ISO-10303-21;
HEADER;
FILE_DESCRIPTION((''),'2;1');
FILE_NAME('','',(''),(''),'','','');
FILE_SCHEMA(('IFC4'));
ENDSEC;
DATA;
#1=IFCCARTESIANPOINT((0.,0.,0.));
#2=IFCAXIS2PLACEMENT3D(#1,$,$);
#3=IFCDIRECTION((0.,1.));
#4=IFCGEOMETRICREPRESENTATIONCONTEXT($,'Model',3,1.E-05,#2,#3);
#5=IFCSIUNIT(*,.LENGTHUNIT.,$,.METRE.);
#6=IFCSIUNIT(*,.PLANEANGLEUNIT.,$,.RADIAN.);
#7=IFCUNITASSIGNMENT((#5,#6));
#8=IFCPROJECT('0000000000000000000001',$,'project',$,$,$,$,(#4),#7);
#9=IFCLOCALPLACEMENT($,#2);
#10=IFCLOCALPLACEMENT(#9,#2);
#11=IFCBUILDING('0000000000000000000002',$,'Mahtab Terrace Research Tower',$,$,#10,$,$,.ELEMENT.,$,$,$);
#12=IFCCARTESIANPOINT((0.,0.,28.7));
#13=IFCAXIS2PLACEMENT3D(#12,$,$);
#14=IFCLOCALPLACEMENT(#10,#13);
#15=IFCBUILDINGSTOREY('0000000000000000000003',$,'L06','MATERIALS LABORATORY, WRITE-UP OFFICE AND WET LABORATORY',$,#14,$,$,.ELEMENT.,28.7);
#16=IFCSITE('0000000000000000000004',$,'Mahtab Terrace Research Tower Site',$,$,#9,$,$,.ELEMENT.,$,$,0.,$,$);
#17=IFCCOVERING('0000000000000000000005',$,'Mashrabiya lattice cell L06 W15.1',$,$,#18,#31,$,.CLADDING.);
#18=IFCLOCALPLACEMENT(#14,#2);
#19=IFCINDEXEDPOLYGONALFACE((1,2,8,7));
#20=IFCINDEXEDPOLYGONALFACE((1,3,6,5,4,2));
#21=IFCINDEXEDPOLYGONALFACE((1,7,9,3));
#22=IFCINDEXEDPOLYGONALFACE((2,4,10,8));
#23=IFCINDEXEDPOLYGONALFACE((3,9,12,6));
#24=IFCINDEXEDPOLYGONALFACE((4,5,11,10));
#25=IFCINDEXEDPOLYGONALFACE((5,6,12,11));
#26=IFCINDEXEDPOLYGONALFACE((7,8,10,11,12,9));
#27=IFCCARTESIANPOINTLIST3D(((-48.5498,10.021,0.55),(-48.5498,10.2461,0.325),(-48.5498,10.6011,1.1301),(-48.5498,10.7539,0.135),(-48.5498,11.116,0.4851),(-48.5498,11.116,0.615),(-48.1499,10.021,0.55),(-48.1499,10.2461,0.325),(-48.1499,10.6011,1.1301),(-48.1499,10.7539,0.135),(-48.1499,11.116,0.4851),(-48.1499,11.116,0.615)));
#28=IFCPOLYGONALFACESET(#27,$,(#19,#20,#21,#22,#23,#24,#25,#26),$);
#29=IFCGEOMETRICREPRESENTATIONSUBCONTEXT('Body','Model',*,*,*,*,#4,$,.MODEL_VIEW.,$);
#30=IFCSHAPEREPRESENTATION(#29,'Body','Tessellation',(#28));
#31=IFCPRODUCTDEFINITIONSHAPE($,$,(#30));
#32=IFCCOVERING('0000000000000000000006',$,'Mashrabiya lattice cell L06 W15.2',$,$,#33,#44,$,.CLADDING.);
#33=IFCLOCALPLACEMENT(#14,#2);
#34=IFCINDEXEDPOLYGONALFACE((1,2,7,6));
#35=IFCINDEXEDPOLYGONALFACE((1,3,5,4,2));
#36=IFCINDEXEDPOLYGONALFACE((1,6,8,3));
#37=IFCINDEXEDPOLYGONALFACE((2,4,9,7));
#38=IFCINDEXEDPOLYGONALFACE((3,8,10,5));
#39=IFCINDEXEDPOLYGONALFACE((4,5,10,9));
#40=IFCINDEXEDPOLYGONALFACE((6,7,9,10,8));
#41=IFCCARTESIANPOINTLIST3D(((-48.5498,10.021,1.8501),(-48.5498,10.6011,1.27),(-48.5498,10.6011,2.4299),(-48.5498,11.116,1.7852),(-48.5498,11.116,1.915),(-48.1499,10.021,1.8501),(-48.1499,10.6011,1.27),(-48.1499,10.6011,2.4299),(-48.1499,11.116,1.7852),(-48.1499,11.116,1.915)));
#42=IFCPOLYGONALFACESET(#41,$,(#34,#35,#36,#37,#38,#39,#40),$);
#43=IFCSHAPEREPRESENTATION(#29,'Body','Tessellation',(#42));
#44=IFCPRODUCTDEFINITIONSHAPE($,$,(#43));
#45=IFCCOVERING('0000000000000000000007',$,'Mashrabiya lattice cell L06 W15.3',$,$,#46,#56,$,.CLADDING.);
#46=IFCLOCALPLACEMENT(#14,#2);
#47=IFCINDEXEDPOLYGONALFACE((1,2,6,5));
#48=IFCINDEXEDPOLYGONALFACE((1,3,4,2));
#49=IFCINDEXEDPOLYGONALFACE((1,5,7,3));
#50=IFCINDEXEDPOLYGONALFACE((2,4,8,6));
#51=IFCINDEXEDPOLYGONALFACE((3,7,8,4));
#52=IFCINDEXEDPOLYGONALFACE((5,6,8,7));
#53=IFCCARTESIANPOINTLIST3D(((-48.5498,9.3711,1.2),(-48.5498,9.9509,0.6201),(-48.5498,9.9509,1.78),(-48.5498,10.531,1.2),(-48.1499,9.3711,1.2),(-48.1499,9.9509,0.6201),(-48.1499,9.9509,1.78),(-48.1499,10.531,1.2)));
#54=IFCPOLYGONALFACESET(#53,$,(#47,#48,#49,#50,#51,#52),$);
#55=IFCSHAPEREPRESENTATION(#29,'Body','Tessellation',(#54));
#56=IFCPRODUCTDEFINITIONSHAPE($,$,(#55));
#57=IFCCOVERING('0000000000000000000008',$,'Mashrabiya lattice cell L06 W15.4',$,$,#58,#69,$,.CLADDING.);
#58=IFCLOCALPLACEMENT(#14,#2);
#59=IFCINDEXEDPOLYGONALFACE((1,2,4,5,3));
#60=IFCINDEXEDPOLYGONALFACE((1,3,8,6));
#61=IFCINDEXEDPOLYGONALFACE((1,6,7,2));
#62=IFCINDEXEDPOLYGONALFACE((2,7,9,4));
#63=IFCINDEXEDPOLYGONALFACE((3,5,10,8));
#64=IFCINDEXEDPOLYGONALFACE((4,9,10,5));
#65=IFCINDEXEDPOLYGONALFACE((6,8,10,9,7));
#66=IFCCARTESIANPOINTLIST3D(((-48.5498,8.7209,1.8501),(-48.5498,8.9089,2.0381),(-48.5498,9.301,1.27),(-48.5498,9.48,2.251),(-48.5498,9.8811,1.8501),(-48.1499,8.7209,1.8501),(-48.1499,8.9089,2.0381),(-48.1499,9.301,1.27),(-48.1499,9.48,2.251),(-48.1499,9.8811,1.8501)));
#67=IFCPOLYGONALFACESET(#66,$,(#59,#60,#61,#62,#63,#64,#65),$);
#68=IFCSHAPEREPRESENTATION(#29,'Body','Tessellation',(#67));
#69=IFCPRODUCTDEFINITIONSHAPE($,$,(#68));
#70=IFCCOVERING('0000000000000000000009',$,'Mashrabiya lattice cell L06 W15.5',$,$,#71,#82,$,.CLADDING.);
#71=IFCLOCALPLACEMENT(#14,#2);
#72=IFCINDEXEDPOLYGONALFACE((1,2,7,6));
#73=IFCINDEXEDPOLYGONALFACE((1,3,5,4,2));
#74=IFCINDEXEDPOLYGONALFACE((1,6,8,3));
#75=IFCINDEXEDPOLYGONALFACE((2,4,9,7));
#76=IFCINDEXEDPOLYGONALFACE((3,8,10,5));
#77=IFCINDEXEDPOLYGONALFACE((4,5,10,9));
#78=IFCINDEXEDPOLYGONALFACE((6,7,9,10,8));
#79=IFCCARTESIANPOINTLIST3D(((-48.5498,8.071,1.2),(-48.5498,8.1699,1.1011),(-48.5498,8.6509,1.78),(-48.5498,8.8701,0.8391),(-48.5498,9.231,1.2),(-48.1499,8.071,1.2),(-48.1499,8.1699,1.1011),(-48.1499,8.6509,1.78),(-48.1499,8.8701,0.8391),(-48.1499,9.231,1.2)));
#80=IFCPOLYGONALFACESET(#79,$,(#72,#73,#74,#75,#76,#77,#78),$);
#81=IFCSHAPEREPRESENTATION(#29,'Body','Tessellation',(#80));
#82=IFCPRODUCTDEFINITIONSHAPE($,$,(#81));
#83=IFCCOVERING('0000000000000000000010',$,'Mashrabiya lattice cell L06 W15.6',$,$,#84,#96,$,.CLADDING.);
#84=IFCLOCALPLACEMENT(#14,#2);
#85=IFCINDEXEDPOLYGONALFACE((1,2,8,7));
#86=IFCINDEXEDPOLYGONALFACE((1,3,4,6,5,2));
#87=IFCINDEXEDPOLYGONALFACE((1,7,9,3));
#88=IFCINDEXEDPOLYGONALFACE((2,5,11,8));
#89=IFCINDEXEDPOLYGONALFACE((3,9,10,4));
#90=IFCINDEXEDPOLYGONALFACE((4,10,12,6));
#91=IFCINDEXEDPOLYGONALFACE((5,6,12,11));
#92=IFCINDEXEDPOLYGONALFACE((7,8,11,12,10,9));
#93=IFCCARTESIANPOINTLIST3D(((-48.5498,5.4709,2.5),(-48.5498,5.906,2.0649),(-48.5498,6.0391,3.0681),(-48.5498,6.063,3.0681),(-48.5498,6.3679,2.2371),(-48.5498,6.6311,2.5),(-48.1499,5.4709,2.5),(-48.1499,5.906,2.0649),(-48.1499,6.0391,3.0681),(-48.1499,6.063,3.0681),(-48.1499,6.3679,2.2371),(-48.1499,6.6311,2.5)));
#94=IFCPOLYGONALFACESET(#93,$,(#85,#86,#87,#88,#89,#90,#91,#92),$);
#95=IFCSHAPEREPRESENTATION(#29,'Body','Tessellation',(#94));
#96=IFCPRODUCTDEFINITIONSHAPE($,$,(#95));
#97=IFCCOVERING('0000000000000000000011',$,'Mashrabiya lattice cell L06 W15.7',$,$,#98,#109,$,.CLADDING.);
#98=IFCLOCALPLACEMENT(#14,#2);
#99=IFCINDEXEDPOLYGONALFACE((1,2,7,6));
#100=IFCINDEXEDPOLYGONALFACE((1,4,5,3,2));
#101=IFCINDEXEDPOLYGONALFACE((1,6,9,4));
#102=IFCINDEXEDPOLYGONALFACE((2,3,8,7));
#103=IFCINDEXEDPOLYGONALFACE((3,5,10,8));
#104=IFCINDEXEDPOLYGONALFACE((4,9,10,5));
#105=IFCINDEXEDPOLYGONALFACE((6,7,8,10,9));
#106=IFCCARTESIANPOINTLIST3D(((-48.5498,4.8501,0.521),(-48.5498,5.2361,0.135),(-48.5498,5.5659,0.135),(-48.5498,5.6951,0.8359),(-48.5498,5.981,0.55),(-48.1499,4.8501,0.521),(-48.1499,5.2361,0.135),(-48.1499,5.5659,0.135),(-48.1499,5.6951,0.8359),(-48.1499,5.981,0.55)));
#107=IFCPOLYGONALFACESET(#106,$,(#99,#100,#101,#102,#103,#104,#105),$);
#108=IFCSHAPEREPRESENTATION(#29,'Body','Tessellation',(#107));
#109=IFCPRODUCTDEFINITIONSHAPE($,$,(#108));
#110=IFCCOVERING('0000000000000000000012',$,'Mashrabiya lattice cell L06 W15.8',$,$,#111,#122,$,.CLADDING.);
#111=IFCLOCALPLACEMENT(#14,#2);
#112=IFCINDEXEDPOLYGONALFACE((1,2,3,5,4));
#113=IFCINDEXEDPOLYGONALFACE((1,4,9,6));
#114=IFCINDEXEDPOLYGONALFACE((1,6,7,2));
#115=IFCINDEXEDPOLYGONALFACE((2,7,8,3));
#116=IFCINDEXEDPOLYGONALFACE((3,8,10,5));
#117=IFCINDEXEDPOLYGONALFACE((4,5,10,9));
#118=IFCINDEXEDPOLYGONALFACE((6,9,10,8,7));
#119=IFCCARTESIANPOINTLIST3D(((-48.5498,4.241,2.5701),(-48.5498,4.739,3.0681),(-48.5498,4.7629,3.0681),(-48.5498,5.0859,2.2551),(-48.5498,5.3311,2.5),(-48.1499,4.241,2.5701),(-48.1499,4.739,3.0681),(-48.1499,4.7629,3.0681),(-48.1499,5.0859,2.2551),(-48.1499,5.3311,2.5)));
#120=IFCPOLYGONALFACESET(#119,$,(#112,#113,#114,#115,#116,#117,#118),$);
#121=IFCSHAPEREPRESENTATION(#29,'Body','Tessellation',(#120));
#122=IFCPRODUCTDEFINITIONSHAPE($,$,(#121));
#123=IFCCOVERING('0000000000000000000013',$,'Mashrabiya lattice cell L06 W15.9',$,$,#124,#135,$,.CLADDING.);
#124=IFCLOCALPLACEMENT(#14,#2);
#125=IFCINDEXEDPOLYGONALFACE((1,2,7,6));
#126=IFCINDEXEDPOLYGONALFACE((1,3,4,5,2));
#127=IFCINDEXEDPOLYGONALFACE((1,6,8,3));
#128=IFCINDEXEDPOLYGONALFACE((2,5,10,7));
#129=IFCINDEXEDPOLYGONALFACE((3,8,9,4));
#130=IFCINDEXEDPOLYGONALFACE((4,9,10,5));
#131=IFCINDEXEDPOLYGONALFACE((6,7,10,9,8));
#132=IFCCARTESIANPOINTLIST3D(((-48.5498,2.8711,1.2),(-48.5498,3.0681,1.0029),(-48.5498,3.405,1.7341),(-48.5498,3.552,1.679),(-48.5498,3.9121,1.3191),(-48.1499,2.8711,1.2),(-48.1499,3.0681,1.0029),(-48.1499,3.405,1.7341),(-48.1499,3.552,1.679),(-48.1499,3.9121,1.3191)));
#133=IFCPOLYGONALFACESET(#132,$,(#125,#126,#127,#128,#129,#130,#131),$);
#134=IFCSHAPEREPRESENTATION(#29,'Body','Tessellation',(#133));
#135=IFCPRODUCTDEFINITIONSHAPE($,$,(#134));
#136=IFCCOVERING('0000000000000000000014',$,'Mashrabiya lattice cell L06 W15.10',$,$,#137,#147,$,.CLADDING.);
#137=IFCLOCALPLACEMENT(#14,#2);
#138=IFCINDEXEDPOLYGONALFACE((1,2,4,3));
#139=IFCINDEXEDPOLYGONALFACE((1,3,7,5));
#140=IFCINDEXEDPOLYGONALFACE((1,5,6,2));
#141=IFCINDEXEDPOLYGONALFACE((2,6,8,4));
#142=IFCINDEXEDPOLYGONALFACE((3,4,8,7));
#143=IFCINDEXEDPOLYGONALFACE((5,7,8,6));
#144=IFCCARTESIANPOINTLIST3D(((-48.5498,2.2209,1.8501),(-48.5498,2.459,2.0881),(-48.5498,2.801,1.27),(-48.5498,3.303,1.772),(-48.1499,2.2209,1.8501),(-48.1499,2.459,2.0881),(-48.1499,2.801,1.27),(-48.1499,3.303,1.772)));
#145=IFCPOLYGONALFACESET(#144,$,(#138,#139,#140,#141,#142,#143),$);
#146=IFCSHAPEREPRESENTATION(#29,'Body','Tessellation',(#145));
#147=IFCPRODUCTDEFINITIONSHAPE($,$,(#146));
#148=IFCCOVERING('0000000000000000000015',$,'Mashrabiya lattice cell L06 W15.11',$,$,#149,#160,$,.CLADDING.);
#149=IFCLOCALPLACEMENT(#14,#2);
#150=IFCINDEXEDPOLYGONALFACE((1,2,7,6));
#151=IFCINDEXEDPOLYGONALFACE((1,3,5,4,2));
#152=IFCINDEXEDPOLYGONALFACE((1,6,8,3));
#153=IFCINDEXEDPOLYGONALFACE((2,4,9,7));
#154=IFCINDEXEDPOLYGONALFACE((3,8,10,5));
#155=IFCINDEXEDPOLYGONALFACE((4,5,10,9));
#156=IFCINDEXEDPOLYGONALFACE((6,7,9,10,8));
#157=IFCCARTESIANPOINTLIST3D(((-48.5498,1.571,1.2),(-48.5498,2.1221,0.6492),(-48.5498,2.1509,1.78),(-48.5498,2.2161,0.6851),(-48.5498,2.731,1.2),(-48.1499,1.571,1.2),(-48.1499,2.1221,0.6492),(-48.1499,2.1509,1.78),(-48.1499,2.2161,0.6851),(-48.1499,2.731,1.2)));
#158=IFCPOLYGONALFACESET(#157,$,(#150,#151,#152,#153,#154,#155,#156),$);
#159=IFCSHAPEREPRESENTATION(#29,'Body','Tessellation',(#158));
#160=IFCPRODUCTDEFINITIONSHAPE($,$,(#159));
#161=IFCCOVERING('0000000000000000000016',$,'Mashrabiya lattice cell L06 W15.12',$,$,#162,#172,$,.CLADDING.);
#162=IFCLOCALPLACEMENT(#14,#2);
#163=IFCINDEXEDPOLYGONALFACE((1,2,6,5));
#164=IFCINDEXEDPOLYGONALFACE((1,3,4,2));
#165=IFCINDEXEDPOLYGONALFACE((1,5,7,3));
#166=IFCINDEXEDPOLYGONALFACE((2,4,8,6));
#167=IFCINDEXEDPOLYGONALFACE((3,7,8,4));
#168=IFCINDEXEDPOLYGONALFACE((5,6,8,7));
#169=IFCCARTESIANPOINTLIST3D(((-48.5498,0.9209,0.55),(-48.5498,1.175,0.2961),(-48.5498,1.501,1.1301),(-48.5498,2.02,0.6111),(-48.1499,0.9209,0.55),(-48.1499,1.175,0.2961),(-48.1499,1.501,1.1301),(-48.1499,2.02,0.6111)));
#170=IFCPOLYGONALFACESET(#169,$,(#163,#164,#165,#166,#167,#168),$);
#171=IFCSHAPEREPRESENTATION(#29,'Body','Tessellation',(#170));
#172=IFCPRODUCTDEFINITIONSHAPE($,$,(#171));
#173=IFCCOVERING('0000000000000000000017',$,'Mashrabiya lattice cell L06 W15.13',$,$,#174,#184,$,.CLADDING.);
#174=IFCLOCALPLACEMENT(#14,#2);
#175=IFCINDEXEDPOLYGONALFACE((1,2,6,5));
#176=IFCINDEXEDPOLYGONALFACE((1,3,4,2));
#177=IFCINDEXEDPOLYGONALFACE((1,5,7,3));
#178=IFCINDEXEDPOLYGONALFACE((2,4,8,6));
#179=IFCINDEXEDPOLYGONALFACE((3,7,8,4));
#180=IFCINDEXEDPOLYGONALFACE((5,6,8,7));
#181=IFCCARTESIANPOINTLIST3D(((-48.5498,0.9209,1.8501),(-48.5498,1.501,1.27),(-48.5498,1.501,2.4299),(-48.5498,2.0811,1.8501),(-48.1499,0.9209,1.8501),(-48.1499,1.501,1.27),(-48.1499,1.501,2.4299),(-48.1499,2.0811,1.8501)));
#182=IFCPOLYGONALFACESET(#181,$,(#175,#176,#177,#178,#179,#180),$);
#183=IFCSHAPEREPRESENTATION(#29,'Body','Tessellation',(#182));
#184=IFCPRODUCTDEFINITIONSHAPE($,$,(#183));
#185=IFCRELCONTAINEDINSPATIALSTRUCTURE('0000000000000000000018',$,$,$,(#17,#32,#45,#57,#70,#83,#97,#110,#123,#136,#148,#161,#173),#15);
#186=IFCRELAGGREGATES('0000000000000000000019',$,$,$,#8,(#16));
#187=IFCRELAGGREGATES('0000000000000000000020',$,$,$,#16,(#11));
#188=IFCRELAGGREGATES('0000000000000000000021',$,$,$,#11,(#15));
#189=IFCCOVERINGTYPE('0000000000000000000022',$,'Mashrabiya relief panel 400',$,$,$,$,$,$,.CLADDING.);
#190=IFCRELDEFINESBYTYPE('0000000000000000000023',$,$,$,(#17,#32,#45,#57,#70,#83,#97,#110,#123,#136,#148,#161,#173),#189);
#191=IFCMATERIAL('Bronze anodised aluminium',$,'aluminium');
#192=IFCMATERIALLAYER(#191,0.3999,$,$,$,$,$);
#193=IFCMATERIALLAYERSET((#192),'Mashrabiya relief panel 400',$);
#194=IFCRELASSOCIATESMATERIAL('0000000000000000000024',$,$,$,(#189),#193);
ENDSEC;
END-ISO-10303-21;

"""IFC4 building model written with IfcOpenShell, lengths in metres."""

from ifc_helpers import new_model, si_unit, direction, frame, origin, place, context, subcontext, project, spatial, polyline, outline, extrude, material, layer, layer_set, type_object, element, save


model = new_model("IFC4")

# Units and contexts
model_context = context("Model", 3, precision=1e-05, world=origin(), true_north=direction((0.0, 1.0)))
body_context = subcontext(model_context, "Body", "Model", "MODEL_VIEW")
ifc_project = project(units=[si_unit("LENGTHUNIT", "METRE"), si_unit("PLANEANGLEUNIT", "RADIAN")], contexts=[model_context])

# Site, building, storey
site_placement = place(None, origin())
site = spatial("IfcSite", under=ifc_project, at=site_placement, Name="Mahtab Terrace Research Tower Site", CompositionType="ELEMENT", RefElevation=0.0)
building_placement = place(site_placement, origin())
building = spatial("IfcBuilding", under=site, at=building_placement, Name="Mahtab Terrace Research Tower", CompositionType="ELEMENT")
storey_placement = place(building_placement, frame((0.0, 0.0, 28.7)))
storey = spatial("IfcBuildingStorey", under=building, at=storey_placement, Name="L06", Description="MATERIALS LABORATORY, WRITE-UP OFFICE AND WET LABORATORY", CompositionType="ELEMENT", Elevation=28.7)

# Coverings
ifc_material_1 = material(Name="Bronze anodised aluminium", Category="aluminium")
ifc_layer_1 = layer(ifc_material_1, 0.3999)
ifc_layer_set_1 = layer_set([ifc_layer_1], Name="Mashrabiya relief panel 400")
covering_type = type_object("IfcCoveringType", Name="Mashrabiya relief panel 400", PredefinedType="CLADDING", material=ifc_layer_set_1)
covering_1_placement = place(storey_placement, frame((-48.1499, 11.116, 0.4851), z_axis=(1.0, 0.0, 0.0), x_axis=(0.0, 0.0, 1.0)))
element("IfcCovering", 1, at=covering_1_placement, inside=storey, type_object=covering_type, Name="Mashrabiya lattice cell L06 W15.1", PredefinedType="CLADDING", context=body_context, shape_type="SweptSolid", body=[
    extrude(outline(polyline([(0.0, 0.0), (0.1299, 0.0), (0.645, 0.5149), (0.0649, 1.095), (-0.1602, 0.8699), (-0.3501, 0.3621), (0.0, 0.0)])), origin(), (0.0, 0.0, -1.0), 0.3999),
])
covering_2_placement = place(storey_placement, frame((-48.1499, 10.6011, 2.4299), z_axis=(1.0, 0.0, 0.0), x_axis=(0.0, -0.707256, -0.706958)))
element("IfcCovering", 2, at=covering_2_placement, inside=storey, type_object=covering_type, Name="Mashrabiya lattice cell L06 W15.2", PredefinedType="CLADDING", context=body_context, shape_type="SweptSolid", body=[
    extrude(outline(polyline([(0.0, 0.0), (0.8202, 0.0), (0.82, 0.8204), (0.0917, 0.82), (-0.0002, 0.7282), (0.0, 0.0)])), origin(), (0.0, 0.0, -1.0), 0.3999),
])
covering_3_placement = place(storey_placement, frame((-48.1499, 9.9509, 1.78), z_axis=(1.0, 0.0, 0.0), x_axis=(0.0, -0.706958, -0.707256)))
element("IfcCovering", 3, at=covering_3_placement, inside=storey, type_object=covering_type, Name="Mashrabiya lattice cell L06 W15.3", PredefinedType="CLADDING", context=body_context, shape_type="SweptSolid", body=[
    extrude(outline(polyline([(0.0, 0.0), (0.8202, 0.0), (0.8204, 0.82), (0.0002, 0.8204), (0.0, 0.0)])), origin(), (0.0, 0.0, -1.0), 0.3999),
])
covering_4_placement = place(storey_placement, frame((-48.1499, 8.7209, 1.8501), z_axis=(1.0, 0.0, 0.0), x_axis=(0.0, 0.707107, -0.707107)))
element("IfcCovering", 4, at=covering_4_placement, inside=storey, type_object=covering_type, Name="Mashrabiya lattice cell L06 W15.4", PredefinedType="CLADDING", context=body_context, shape_type="SweptSolid", body=[
    extrude(outline(polyline([(0.0, 0.0), (0.8204, 0.0), (0.8204, 0.8204), (0.2533, 0.8202), (0.0, 0.2659), (0.0, 0.0)])), origin(), (0.0, 0.0, -1.0), 0.3999),
])
covering_5_placement = place(storey_placement, frame((-48.1499, 9.231, 1.2), z_axis=(1.0, 0.0, 0.0), x_axis=(0.0, -0.707107, 0.707107)))
element("IfcCovering", 5, at=covering_5_placement, inside=storey, type_object=covering_type, Name="Mashrabiya lattice cell L06 W15.5", PredefinedType="CLADDING", context=body_context, shape_type="SweptSolid", body=[
    extrude(outline(polyline([(0.0, 0.0), (0.8204, 0.0), (0.8202, 0.8202), (0.6803, 0.8202), (0.0, 0.5103), (0.0, 0.0)])), origin(), (0.0, 0.0, -1.0), 0.3999),
])
covering_6_placement = place(storey_placement, frame((-48.1499, 6.6311, 2.5), z_axis=(1.0, 0.0, 0.0), x_axis=(0.0, -0.707107, 0.707107)))
element("IfcCovering", 6, at=covering_6_placement, inside=storey, type_object=covering_type, Name="Mashrabiya lattice cell L06 W15.6", PredefinedType="CLADDING", context=body_context, shape_type="SweptSolid", body=[
    extrude(outline(polyline([(0.0, 0.0), (0.8034, 0.0), (0.8204, 0.0169), (0.8204, 0.8204), (0.2051, 0.8204), (0.0002, 0.372), (0.0, 0.0)])), origin(), (0.0, 0.0, -1.0), 0.3999),
])
covering_7_placement = place(storey_placement, frame((-48.1499, 5.981, 0.55), z_axis=(1.0, 0.0, 0.0), x_axis=(0.0, -0.707107, 0.707107)))
element("IfcCovering", 7, at=covering_7_placement, inside=storey, type_object=covering_type, Name="Mashrabiya lattice cell L06 W15.7", PredefinedType="CLADDING", context=body_context, shape_type="SweptSolid", body=[
    extrude(outline(polyline([(0.0, 0.0), (0.4043, 0.0), (0.7791, 0.8202), (0.2332, 0.8202), (0.0, 0.587), (0.0, 0.0)])), origin(), (0.0, 0.0, -1.0), 0.3999),
])
covering_8_placement = place(storey_placement, frame((-48.1499, 5.3311, 2.5), z_axis=(1.0, 0.0, 0.0), x_axis=(0.0, -0.707107, 0.707107)))
element("IfcCovering", 8, at=covering_8_placement, inside=storey, type_object=covering_type, Name="Mashrabiya lattice cell L06 W15.8", PredefinedType="CLADDING", context=body_context, shape_type="SweptSolid", body=[
    extrude(outline(polyline([(0.0, 0.0), (0.8034, 0.0), (0.8204, 0.0169), (0.8204, 0.7213), (0.0002, 0.3465), (0.0, 0.0)])), origin(), (0.0, 0.0, -1.0), 0.3999),
])
covering_9_placement = place(storey_placement, frame((-48.1499, 2.8711, 1.2), z_axis=(1.0, 0.0, 0.0), x_axis=(0.0, 0.707107, -0.707107)))
element("IfcCovering", 9, at=covering_9_placement, inside=storey, type_object=covering_type, Name="Mashrabiya lattice cell L06 W15.9", PredefinedType="CLADDING", context=body_context, shape_type="SweptSolid", body=[
    extrude(outline(polyline([(0.0, 0.0), (0.2786, 0.0), (0.6519, 0.8204), (0.1428, 0.8202), (-0.0002, 0.7553), (0.0, 0.0)])), origin(), (0.0, 0.0, -1.0), 0.3999),
])
covering_10_placement = place(storey_placement, frame((-48.1499, 2.2209, 1.8501), z_axis=(1.0, 0.0, 0.0), x_axis=(0.0, 0.707107, -0.707107)))
element("IfcCovering", 10, at=covering_10_placement, inside=storey, type_object=covering_type, Name="Mashrabiya lattice cell L06 W15.10", PredefinedType="CLADDING", context=body_context, shape_type="SweptSolid", body=[
    extrude(outline(polyline([(0.0, 0.0), (0.8204, 0.0), (0.8204, 0.7099), (0.0, 0.3366), (0.0, 0.0)])), origin(), (0.0, 0.0, -1.0), 0.3999),
])
covering_11_placement = place(storey_placement, frame((-48.1499, 2.731, 1.2), z_axis=(1.0, 0.0, 0.0), x_axis=(0.0, -0.707107, 0.707107)))
element("IfcCovering", 11, at=covering_11_placement, inside=storey, type_object=covering_type, Name="Mashrabiya lattice cell L06 W15.11", PredefinedType="CLADDING", context=body_context, shape_type="SweptSolid", body=[
    extrude(outline(polyline([(0.0, 0.0), (0.8204, 0.0), (0.8202, 0.8202), (0.0411, 0.82), (0.0, 0.7282), (0.0, 0.0)])), origin(), (0.0, 0.0, -1.0), 0.3999),
])
covering_12_placement = place(storey_placement, frame((-48.1499, 1.501, 1.1301), z_axis=(1.0, 0.0, 0.0), x_axis=(0.0, -0.707107, -0.707107)))
element("IfcCovering", 12, at=covering_12_placement, inside=storey, type_object=covering_type, Name="Mashrabiya lattice cell L06 W15.12", PredefinedType="CLADDING", context=body_context, shape_type="SweptSolid", body=[
    extrude(outline(polyline([(0.0, 0.0), (0.8204, 0.0), (0.8202, 0.3593), (0.0, 0.734), (0.0, 0.0)])), origin(), (0.0, 0.0, -1.0), 0.3999),
])
covering_13_placement = place(storey_placement, frame((-48.1499, 1.501, 2.4299), z_axis=(1.0, 0.0, 0.0), x_axis=(0.0, -0.707256, -0.706958)))
element("IfcCovering", 13, at=covering_13_placement, inside=storey, type_object=covering_type, Name="Mashrabiya lattice cell L06 W15.13", PredefinedType="CLADDING", context=body_context, shape_type="SweptSolid", body=[
    extrude(outline(polyline([(0.0, 0.0), (0.8202, 0.0), (0.82, 0.8204), (-0.0003, 0.8202), (0.0, 0.0)])), origin(), (0.0, 0.0, -1.0), 0.3999),
])

save(model, "model.ifc")
